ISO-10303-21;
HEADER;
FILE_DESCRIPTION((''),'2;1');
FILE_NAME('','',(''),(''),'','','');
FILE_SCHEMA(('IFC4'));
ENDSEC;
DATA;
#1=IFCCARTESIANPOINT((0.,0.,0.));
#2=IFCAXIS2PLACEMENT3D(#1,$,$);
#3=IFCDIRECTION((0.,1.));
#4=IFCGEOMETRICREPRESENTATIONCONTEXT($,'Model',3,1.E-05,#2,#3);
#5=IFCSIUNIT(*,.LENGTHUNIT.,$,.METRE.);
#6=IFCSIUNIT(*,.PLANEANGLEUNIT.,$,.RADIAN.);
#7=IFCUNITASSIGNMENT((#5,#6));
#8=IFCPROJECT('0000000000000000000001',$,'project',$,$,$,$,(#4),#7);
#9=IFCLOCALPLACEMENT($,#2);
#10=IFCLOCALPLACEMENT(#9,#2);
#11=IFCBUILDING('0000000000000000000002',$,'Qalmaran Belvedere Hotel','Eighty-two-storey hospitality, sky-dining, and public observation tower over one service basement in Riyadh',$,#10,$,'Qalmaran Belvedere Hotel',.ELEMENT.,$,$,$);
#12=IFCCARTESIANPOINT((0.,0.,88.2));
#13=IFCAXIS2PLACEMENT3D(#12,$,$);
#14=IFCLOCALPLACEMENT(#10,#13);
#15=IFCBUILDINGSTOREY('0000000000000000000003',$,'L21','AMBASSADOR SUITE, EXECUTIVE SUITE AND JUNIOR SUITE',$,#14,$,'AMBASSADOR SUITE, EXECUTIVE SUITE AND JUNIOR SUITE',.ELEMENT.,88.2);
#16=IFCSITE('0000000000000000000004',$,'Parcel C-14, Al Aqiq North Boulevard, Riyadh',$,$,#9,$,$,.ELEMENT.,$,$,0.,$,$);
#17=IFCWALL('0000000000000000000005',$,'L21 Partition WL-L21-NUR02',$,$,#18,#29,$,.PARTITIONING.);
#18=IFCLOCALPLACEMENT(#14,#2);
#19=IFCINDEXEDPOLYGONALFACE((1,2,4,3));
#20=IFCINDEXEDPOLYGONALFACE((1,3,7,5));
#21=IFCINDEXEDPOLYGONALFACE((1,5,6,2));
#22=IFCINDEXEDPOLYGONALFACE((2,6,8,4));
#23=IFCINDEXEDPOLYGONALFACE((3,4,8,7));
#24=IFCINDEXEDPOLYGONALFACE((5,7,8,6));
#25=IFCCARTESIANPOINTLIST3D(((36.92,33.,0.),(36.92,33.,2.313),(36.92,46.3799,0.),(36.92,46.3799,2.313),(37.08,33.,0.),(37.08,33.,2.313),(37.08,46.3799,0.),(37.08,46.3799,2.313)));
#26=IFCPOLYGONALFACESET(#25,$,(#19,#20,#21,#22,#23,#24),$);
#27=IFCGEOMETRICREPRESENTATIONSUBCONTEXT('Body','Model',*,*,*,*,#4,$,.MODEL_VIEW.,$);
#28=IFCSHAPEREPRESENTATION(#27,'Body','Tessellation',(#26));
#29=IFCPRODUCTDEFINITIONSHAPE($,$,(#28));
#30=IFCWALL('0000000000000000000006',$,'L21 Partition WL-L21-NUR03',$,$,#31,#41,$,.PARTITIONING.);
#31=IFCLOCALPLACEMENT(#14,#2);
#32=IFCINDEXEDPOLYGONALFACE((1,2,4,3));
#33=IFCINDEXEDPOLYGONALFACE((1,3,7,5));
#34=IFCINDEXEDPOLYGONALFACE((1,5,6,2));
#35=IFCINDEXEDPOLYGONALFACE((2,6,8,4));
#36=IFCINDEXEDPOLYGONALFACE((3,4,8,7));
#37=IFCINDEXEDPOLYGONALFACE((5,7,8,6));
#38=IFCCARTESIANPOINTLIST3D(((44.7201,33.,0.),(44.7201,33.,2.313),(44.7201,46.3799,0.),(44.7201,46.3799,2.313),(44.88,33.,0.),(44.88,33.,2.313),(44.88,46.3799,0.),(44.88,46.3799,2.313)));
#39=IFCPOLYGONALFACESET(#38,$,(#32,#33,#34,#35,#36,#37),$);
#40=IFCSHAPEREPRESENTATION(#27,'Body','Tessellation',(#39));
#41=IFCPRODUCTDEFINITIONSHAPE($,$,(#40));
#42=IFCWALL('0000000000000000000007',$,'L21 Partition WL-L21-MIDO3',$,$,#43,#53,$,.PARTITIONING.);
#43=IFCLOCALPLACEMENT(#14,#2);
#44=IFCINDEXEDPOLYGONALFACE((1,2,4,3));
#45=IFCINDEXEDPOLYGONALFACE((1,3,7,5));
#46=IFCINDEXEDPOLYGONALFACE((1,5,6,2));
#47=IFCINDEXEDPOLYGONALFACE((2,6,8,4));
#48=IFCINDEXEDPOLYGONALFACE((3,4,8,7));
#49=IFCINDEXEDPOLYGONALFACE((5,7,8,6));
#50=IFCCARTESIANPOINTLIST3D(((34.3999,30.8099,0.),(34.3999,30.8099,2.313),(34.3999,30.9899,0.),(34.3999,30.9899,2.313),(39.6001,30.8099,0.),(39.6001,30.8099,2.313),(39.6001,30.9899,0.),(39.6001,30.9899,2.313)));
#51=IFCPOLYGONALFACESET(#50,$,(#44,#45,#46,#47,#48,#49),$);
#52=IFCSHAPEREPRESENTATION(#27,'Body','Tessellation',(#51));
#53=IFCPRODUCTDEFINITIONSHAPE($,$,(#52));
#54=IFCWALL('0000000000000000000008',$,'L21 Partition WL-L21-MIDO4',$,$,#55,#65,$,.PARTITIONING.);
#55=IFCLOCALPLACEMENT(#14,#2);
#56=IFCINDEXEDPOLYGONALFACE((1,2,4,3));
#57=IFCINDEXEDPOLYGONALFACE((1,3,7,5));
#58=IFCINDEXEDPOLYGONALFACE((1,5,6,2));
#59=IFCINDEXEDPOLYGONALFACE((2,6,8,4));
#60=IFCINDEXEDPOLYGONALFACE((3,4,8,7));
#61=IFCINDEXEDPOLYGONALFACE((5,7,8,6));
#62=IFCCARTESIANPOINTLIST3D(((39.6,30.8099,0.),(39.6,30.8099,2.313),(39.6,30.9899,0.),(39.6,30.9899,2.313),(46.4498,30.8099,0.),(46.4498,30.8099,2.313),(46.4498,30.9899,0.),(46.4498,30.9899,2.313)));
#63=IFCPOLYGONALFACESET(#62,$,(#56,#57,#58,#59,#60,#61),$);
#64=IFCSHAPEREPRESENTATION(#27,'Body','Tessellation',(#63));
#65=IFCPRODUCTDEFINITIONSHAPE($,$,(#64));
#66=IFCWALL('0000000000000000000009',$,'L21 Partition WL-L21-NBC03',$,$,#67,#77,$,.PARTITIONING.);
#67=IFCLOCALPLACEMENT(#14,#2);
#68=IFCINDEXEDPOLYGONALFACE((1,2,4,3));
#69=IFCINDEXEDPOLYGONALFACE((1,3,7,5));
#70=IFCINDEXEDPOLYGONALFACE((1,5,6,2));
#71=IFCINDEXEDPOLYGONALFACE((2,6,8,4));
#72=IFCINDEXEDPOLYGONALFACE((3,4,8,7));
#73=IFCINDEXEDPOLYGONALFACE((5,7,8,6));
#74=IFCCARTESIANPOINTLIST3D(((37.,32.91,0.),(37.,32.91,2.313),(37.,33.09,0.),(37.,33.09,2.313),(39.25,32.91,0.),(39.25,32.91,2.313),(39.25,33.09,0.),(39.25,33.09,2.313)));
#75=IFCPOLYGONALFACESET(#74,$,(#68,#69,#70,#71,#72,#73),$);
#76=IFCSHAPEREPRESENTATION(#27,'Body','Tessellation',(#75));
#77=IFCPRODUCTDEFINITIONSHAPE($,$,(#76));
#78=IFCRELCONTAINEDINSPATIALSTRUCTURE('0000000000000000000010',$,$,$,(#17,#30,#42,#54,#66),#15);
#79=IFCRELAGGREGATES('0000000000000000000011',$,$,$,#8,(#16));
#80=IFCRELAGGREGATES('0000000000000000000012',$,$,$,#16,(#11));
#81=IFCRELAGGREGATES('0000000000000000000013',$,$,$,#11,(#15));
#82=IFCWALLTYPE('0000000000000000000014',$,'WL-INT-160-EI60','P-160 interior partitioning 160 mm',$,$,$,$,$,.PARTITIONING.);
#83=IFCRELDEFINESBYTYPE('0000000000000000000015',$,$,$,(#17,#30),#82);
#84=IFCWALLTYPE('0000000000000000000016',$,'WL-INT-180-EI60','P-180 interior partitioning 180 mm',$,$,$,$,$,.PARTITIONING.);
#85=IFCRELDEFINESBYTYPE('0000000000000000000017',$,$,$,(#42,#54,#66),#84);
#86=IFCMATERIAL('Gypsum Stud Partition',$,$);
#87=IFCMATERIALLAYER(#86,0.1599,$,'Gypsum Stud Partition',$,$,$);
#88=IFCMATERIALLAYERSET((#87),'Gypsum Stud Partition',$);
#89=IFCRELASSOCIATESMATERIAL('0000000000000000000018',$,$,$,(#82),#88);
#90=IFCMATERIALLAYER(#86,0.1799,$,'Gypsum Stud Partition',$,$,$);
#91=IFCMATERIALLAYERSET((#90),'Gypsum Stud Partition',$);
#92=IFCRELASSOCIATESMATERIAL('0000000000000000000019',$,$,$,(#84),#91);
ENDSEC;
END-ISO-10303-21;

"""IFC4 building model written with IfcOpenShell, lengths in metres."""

from ifc_helpers import new_model, si_unit, direction, frame, frame_2d, origin, place, context, subcontext, project, spatial, rectangle, extrude, material, layer, layer_set, type_object, element, save


model = new_model("IFC4")

# Units and contexts
model_context = context("Model", 3, precision=1e-05, world=origin(), true_north=direction((0.0, 1.0)))
body_context = subcontext(model_context, "Body", "Model", "MODEL_VIEW")
ifc_project = project(units=[si_unit("LENGTHUNIT", "METRE"), si_unit("PLANEANGLEUNIT", "RADIAN")], contexts=[model_context])

# Site, building, storey
site_placement = place(None, origin())
site = spatial("IfcSite", under=ifc_project, at=site_placement, Name="Parcel C-14, Al Aqiq North Boulevard, Riyadh", CompositionType="ELEMENT", RefElevation=0.0)
building_placement = place(site_placement, origin())
building = spatial("IfcBuilding", under=site, at=building_placement, Name="Qalmaran Belvedere Hotel", Description="Eighty-two-storey hospitality, sky-dining, and public observation tower over one service basement in Riyadh", LongName="Qalmaran Belvedere Hotel", CompositionType="ELEMENT")
storey_placement = place(building_placement, frame((0.0, 0.0, 88.2)))
storey = spatial("IfcBuildingStorey", under=building, at=storey_placement, Name="L21", Description="AMBASSADOR SUITE, EXECUTIVE SUITE AND JUNIOR SUITE", LongName="AMBASSADOR SUITE, EXECUTIVE SUITE AND JUNIOR SUITE", CompositionType="ELEMENT", Elevation=88.2)

# Walls
ifc_material_1 = material(Name="Gypsum Stud Partition")
ifc_layer_1 = layer(ifc_material_1, 0.1599, Name="Gypsum Stud Partition")
ifc_layer_set_1 = layer_set([ifc_layer_1], Name="Gypsum Stud Partition")
wall_type_1 = type_object("IfcWallType", Name="WL-INT-160-EI60", Description="P-160 interior partitioning 160 mm", PredefinedType="PARTITIONING", material=ifc_layer_set_1)
for number, where, z_axis, x_axis, name in (
    (1, (37.0, 33.0, 0.0), (0.0, 0.0, 1.0), (0.0, 1.0, 0.0), "L21 Partition WL-L21-NUR02"),
    (2, (44.8, 33.0, 0.0), (0.0, 0.0, 1.0), (0.0, 1.0, 0.0), "L21 Partition WL-L21-NUR03"),
):
    element("IfcWall", number, at=place(storey_placement, frame(where, z_axis=z_axis, x_axis=x_axis)), inside=storey, type_object=wall_type_1, Name=name, PredefinedType="PARTITIONING", context=body_context, shape_type="SweptSolid", body=[
        extrude(rectangle(XDim=13.3799, YDim=0.1599, at=frame_2d((6.6899, 0.0))), origin(), (0.0, 0.0, 1.0), 2.313),
    ])

# Shared definitions
ifc_layer_2 = layer(ifc_material_1, 0.1799, Name="Gypsum Stud Partition")
ifc_layer_set_2 = layer_set([ifc_layer_2], Name="Gypsum Stud Partition")
wall_type_2 = type_object("IfcWallType", Name="WL-INT-180-EI60", Description="P-180 interior partitioning 180 mm", PredefinedType="PARTITIONING", material=ifc_layer_set_2)

# Wall
wall_1_placement = place(storey_placement, frame((34.3999, 30.8999, 0.0), z_axis=(0.0, 0.0, 1.0), x_axis=(1.0, 0.0, 0.0)))
element("IfcWall", 3, at=wall_1_placement, inside=storey, type_object=wall_type_2, Name="L21 Partition WL-L21-MIDO3", PredefinedType="PARTITIONING", context=body_context, shape_type="SweptSolid", body=[
    extrude(rectangle(XDim=5.2002, YDim=0.1799, at=frame_2d((2.6001, 0.0))), origin(), (0.0, 0.0, 1.0), 2.313),
])

# Wall
wall_2_placement = place(storey_placement, frame((39.6001, 30.8999, 0.0), z_axis=(0.0, 0.0, 1.0), x_axis=(1.0, 0.0, 0.0)))
element("IfcWall", 4, at=wall_2_placement, inside=storey, type_object=wall_type_2, Name="L21 Partition WL-L21-MIDO4", PredefinedType="PARTITIONING", context=body_context, shape_type="SweptSolid", body=[
    extrude(rectangle(XDim=6.8499, YDim=0.1799, at=frame_2d((3.4248, 0.0))), origin(), (0.0, 0.0, 1.0), 2.313),
])

# Wall
wall_3_placement = place(storey_placement, frame((37.0, 33.0, 0.0), z_axis=(0.0, 0.0, 1.0), x_axis=(1.0, 0.0, 0.0)))
element("IfcWall", 5, at=wall_3_placement, inside=storey, type_object=wall_type_2, Name="L21 Partition WL-L21-NBC03", PredefinedType="PARTITIONING", context=body_context, shape_type="SweptSolid", body=[
    extrude(rectangle(XDim=2.25, YDim=0.1799, at=frame_2d((1.125, 0.0))), origin(), (0.0, 0.0, 1.0), 2.313),
])

save(model, "model.ifc")
